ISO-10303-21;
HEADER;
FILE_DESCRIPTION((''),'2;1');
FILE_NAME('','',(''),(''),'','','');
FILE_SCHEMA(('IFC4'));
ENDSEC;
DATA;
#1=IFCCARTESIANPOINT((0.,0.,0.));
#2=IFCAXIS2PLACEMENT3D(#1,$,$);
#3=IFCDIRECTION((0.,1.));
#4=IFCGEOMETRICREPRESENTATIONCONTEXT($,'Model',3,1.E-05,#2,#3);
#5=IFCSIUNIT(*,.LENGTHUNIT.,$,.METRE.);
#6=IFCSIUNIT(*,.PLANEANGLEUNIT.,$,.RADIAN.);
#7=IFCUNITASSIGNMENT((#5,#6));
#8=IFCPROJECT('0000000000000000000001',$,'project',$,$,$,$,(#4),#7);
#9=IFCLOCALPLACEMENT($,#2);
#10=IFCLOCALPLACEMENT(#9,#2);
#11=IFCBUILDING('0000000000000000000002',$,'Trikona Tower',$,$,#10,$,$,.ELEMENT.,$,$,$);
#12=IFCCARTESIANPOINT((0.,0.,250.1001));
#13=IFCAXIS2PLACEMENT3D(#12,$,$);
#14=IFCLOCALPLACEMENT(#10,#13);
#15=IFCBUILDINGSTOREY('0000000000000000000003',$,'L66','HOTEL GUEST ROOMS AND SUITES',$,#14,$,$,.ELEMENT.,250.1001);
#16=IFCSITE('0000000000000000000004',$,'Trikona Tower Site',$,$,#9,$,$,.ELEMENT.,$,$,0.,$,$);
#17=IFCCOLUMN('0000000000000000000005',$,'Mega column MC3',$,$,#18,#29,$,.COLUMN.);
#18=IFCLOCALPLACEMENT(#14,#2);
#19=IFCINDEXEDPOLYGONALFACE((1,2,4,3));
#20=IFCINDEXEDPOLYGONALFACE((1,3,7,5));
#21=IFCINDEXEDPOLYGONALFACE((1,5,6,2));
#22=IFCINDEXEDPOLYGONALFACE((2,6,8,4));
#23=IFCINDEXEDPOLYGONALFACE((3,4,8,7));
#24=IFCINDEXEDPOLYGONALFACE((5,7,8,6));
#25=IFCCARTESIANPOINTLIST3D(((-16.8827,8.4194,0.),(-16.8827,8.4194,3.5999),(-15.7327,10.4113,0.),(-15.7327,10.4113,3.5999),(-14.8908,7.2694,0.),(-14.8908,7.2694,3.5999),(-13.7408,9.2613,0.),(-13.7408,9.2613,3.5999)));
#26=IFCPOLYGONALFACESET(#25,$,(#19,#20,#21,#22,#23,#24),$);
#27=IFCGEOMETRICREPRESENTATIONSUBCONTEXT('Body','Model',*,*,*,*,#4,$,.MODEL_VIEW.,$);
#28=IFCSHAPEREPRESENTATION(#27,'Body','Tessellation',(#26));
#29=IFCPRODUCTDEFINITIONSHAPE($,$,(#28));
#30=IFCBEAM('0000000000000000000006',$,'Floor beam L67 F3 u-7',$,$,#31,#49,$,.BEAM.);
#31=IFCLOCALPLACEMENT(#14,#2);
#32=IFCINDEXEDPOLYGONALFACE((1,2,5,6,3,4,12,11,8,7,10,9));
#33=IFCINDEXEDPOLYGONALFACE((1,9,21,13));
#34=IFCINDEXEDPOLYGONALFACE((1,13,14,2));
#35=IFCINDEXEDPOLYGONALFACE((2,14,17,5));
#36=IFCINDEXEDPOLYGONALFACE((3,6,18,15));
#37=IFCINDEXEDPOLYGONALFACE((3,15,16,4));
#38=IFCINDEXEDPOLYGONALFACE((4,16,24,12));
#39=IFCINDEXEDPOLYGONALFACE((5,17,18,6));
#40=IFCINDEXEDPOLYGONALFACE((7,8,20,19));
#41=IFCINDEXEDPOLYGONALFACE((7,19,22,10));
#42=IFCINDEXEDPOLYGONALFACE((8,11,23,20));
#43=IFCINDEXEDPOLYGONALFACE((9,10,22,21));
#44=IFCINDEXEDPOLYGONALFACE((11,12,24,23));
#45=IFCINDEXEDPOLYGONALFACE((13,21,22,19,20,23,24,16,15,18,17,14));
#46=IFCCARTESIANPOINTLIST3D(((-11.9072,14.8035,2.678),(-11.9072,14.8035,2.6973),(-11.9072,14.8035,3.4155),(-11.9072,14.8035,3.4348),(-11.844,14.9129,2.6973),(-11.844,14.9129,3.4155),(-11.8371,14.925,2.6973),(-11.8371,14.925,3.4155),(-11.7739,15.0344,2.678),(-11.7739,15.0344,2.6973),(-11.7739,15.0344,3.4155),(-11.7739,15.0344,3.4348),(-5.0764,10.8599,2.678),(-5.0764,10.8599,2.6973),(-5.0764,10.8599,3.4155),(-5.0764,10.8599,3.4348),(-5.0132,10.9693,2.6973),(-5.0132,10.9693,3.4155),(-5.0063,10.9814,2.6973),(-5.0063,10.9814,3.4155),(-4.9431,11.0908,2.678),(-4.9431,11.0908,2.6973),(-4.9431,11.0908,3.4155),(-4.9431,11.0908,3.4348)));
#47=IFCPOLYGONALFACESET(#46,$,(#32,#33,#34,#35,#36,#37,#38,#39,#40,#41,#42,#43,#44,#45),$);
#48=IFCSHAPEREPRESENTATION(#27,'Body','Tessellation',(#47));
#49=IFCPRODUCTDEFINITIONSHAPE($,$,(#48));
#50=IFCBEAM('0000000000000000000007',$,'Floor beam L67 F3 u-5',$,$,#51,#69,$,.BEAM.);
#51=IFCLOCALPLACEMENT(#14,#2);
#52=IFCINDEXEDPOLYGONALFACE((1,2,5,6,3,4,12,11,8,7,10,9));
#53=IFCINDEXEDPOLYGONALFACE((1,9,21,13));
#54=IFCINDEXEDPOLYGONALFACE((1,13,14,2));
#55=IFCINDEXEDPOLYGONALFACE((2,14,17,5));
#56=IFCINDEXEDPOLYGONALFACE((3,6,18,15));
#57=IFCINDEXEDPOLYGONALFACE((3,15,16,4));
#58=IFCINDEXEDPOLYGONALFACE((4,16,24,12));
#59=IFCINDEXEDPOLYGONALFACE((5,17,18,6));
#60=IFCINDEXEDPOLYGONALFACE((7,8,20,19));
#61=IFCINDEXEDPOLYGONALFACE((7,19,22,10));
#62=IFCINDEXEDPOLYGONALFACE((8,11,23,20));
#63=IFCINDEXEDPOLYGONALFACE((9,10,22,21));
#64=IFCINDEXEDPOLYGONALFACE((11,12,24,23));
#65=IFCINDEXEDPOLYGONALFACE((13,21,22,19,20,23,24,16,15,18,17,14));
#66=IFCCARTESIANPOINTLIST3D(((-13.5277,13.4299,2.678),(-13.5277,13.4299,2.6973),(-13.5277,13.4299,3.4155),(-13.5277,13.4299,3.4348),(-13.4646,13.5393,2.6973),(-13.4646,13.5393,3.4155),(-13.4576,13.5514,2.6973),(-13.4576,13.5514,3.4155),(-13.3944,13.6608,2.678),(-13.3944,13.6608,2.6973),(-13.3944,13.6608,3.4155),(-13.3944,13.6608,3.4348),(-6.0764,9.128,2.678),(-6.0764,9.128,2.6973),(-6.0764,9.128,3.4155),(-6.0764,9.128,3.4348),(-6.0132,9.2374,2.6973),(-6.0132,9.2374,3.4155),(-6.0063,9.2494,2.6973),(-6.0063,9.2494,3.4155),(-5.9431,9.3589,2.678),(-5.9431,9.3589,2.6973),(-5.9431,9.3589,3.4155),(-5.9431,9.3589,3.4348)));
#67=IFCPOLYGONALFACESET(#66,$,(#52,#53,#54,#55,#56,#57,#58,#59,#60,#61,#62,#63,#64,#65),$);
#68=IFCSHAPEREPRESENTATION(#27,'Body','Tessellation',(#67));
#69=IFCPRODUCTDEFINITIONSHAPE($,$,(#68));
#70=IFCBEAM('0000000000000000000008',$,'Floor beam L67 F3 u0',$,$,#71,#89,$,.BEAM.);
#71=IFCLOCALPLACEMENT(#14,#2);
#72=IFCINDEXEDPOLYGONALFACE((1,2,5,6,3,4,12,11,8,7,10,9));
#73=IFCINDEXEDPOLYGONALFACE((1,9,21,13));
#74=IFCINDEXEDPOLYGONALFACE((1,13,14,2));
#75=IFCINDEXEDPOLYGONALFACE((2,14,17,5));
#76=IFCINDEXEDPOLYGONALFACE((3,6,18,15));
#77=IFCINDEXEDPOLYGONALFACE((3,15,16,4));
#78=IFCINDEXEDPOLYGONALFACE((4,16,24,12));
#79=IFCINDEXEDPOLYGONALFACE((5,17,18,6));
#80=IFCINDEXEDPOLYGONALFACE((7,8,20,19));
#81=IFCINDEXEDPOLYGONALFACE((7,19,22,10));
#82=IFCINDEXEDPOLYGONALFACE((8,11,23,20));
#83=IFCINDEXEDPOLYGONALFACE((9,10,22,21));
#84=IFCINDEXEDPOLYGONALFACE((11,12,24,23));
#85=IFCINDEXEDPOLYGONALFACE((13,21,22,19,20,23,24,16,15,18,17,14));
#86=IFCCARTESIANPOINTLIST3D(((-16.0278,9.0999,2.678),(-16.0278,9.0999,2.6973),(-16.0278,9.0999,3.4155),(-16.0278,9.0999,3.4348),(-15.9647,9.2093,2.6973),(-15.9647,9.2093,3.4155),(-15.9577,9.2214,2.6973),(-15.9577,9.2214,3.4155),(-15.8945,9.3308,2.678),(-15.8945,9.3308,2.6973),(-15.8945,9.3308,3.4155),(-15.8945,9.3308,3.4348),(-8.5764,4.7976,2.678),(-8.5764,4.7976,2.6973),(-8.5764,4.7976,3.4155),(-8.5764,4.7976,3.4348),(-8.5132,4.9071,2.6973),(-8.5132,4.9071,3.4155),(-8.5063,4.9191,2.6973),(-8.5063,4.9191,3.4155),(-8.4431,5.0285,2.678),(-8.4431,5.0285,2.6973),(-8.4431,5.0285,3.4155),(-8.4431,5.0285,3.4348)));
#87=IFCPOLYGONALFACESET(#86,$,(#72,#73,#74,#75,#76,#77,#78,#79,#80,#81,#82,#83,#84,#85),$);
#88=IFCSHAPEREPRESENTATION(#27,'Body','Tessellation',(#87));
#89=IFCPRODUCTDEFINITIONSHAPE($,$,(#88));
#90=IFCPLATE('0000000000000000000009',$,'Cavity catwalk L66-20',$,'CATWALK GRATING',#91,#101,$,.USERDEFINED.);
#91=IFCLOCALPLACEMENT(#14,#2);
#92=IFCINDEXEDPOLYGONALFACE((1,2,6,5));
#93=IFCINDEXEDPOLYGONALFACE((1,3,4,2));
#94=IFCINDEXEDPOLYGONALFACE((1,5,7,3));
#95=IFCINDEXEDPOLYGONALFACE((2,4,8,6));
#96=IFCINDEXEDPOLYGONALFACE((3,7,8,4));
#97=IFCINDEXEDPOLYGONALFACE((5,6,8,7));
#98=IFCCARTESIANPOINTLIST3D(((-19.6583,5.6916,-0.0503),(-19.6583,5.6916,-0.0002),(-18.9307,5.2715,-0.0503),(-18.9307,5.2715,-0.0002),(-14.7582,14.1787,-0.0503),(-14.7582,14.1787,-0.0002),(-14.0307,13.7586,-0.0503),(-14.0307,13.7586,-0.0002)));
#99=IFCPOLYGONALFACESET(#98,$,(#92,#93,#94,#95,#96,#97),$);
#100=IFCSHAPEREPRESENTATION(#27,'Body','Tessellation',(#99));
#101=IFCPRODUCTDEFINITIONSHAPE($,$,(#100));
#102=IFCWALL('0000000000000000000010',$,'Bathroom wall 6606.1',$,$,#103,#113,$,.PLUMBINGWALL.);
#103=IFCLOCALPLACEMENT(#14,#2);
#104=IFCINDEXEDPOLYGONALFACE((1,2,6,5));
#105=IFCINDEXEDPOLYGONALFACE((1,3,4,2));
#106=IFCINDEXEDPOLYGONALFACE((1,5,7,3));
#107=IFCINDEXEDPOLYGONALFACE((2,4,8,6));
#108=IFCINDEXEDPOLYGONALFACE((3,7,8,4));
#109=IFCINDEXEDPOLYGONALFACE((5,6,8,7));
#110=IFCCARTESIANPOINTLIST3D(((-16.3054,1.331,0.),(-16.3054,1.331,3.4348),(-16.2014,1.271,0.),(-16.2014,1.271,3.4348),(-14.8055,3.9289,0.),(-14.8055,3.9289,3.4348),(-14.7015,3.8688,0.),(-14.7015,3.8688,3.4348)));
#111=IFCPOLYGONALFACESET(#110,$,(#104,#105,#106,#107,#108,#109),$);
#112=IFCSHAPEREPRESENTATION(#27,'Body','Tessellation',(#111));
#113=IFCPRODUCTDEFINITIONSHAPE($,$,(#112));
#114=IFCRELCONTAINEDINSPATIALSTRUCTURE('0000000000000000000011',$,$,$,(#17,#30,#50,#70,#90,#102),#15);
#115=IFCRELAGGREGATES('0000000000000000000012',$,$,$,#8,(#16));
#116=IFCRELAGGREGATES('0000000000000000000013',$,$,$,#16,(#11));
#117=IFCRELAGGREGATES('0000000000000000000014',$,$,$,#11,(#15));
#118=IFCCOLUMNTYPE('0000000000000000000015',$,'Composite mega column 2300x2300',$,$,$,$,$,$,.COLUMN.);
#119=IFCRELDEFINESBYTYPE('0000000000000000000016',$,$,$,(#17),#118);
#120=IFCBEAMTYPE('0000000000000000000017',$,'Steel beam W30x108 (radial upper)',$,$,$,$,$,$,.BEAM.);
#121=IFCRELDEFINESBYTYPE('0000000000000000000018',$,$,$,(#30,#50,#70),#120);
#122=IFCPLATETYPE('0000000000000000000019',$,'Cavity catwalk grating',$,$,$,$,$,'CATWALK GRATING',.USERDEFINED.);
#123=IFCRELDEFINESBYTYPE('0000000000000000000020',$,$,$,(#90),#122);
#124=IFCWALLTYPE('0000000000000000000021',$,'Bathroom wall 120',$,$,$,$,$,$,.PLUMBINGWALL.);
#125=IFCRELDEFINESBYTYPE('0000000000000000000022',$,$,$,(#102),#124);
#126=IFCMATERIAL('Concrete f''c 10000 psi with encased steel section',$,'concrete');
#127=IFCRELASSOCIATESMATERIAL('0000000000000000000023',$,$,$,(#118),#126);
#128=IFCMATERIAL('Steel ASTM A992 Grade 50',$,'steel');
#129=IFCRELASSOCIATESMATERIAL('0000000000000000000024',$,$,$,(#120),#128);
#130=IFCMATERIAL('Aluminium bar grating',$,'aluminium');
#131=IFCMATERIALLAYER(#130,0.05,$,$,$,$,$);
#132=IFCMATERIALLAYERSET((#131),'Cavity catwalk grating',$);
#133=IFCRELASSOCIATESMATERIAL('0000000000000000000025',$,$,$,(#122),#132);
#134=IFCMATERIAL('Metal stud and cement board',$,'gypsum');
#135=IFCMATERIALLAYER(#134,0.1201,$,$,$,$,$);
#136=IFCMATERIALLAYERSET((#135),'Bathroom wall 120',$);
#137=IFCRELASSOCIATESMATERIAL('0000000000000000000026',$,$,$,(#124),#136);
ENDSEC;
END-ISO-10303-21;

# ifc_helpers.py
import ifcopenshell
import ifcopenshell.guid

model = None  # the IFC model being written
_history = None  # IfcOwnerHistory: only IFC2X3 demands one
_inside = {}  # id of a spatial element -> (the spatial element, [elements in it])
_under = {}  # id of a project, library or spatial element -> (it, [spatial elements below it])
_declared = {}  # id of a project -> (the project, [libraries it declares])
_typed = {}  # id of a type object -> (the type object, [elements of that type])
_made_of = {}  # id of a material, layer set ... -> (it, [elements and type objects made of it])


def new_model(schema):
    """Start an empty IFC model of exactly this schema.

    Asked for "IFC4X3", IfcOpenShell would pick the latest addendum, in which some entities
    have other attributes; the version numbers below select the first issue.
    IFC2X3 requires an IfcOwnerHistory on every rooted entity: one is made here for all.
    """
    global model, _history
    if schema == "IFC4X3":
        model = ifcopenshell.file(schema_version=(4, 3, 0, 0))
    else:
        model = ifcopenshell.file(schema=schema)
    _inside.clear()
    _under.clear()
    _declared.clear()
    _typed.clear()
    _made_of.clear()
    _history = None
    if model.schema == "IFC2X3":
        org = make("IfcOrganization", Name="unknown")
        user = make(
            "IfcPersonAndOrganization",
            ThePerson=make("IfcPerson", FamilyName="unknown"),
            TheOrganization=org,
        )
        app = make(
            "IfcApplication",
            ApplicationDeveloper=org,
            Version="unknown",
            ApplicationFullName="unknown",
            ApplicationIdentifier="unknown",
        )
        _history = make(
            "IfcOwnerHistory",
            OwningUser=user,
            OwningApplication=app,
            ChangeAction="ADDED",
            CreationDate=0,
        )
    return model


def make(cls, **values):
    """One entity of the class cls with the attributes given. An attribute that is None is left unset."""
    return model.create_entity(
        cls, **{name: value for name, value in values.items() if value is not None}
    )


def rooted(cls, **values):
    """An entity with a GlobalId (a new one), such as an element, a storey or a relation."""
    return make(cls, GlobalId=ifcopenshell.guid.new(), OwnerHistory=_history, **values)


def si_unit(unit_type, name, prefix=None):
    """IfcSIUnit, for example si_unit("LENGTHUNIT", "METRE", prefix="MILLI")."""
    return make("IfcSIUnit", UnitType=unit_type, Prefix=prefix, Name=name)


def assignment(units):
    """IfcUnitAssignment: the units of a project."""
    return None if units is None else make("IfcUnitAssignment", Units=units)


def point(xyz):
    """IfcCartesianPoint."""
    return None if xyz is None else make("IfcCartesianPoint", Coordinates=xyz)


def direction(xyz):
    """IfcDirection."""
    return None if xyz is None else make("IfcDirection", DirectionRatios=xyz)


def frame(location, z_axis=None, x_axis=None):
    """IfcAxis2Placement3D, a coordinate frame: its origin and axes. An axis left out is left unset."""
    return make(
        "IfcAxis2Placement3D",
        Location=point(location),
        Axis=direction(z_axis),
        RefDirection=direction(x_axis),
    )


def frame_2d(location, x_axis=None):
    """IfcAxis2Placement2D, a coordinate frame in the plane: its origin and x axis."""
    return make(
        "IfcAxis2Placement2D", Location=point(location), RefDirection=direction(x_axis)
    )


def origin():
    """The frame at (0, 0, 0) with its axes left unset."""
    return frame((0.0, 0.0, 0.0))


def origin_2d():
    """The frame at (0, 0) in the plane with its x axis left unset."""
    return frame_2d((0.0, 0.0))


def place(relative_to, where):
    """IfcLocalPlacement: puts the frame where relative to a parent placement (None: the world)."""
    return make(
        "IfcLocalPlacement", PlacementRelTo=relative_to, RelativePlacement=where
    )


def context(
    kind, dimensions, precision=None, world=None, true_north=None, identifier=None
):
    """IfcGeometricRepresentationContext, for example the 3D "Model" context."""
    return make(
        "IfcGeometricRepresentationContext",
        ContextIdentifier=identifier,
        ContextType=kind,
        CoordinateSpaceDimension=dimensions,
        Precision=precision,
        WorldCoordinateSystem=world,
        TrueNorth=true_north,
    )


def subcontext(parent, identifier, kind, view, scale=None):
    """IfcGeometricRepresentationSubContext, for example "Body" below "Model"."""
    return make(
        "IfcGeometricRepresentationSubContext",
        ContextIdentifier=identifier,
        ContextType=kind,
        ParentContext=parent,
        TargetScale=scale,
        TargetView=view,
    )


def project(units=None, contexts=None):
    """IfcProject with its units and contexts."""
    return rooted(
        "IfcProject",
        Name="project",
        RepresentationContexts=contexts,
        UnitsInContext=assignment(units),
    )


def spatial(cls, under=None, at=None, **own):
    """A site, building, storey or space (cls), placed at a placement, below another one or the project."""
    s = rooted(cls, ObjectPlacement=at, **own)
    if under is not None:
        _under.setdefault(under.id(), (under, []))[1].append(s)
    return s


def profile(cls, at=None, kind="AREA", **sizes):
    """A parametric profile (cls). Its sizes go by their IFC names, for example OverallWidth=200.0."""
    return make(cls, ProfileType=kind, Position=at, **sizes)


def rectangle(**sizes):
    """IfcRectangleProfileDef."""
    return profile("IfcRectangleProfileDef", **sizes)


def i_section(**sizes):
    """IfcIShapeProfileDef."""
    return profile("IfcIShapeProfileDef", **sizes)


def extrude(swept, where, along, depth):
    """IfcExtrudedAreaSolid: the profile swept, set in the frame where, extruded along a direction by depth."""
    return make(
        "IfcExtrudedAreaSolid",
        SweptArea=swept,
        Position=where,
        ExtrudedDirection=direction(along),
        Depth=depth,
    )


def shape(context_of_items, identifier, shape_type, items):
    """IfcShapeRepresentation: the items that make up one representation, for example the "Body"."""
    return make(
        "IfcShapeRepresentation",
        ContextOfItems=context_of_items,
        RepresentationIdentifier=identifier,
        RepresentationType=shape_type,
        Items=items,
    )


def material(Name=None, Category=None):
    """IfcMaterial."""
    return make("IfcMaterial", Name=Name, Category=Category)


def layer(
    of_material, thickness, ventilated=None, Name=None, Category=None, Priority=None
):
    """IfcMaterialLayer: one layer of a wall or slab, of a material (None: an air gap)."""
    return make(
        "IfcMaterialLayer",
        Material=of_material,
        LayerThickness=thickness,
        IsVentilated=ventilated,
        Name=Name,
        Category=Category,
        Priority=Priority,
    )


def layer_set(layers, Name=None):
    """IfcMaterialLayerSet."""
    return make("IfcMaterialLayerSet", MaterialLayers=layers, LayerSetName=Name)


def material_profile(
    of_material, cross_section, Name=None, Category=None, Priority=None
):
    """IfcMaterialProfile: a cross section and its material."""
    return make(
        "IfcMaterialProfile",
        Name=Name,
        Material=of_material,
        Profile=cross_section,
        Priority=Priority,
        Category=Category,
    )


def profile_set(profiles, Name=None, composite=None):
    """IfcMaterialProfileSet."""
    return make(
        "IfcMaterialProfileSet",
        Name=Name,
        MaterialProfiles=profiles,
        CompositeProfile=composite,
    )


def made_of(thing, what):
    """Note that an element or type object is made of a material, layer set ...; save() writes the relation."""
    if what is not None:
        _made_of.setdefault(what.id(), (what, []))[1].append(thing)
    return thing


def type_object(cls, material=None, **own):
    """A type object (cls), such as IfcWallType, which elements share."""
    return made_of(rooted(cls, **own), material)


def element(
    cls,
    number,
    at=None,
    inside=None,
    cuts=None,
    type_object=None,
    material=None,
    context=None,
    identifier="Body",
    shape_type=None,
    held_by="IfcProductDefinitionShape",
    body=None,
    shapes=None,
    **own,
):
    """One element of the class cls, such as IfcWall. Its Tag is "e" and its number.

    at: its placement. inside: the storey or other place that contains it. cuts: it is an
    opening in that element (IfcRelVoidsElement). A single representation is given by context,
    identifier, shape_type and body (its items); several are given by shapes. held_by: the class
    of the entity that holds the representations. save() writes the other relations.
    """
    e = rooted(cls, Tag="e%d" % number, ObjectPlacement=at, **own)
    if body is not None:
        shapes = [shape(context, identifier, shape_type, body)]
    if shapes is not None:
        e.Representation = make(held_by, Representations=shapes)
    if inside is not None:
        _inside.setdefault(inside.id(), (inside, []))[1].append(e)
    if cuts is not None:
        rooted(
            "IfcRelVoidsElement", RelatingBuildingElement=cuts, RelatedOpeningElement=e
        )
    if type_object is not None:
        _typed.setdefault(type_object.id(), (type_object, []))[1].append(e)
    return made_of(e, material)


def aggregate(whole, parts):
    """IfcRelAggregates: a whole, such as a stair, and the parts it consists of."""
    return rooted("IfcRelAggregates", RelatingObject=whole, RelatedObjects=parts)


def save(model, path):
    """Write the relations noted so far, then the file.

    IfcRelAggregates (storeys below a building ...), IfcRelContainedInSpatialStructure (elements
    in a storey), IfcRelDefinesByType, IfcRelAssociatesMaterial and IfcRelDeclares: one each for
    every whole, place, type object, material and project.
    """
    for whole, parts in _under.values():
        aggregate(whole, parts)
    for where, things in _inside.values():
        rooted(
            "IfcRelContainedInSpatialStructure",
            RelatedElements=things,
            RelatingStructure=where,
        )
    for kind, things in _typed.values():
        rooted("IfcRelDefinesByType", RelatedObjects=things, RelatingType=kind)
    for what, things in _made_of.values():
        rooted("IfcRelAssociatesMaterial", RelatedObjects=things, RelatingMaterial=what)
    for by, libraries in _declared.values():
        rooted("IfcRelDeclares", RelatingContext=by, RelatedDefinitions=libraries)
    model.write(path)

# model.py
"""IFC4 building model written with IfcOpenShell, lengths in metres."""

from ifc_helpers import new_model, si_unit, direction, frame, frame_2d, origin, origin_2d, place, context, subcontext, project, spatial, rectangle, i_section, extrude, material, layer, layer_set, material_profile, profile_set, type_object, element, save


model = new_model("IFC4")

# Units and contexts
model_context = context("Model", 3, precision=1e-05, world=origin(), true_north=direction((0.0, 1.0)))
body_context = subcontext(model_context, "Body", "Model", "MODEL_VIEW")
ifc_project = project(units=[si_unit("LENGTHUNIT", "METRE"), si_unit("PLANEANGLEUNIT", "RADIAN")], contexts=[model_context])

# Site, building, storey
site_placement = place(None, origin())
site = spatial("IfcSite", under=ifc_project, at=site_placement, Name="Trikona Tower Site", CompositionType="ELEMENT", RefElevation=0.0)
building_placement = place(site_placement, origin())
building = spatial("IfcBuilding", under=site, at=building_placement, Name="Trikona Tower", CompositionType="ELEMENT")
storey_placement = place(building_placement, frame((0.0, 0.0, 250.1001)))
storey = spatial("IfcBuildingStorey", under=building, at=storey_placement, Name="L66", Description="HOTEL GUEST ROOMS AND SUITES", CompositionType="ELEMENT", Elevation=250.1001)

# Column
ifc_material_1 = material(Name="Concrete f'c 10000 psi with encased steel section", Category="concrete")
ifc_material_profile_1 = material_profile(ifc_material_1, rectangle(XDim=2.3, YDim=2.3, at=origin_2d()), Name="MC2300")
ifc_profile_set_1 = profile_set([ifc_material_profile_1], Name="Concrete f'c 10000 psi with encased steel section")
column_type = type_object("IfcColumnType", Name="Composite mega column 2300x2300", PredefinedType="COLUMN", material=ifc_profile_set_1)
column_placement = place(storey_placement, frame((-15.3118, 8.8403, 0.0), z_axis=(0.0, 0.0, 1.0), x_axis=(-0.866025, 0.5, 0.0)))
element("IfcColumn", 1, at=column_placement, inside=storey, type_object=column_type, Name="Mega column MC3", PredefinedType="COLUMN", context=body_context, shape_type="SweptSolid", body=[
    extrude(rectangle(XDim=2.3, YDim=2.3, at=origin_2d()), origin(), (0.0, 0.0, 1.0), 3.5999),
])

# Beams
ifc_material_2 = material(Name="Steel ASTM A992 Grade 50", Category="steel")
ifc_material_profile_2 = material_profile(ifc_material_2, i_section(OverallWidth=0.2666, OverallDepth=0.7568, WebThickness=0.0139, FlangeThickness=0.0193, at=origin_2d()), Name="W30X108")
ifc_profile_set_2 = profile_set([ifc_material_profile_2], Name="Steel ASTM A992 Grade 50")
beam_type = type_object("IfcBeamType", Name="Steel beam W30x108 (radial upper)", PredefinedType="BEAM", material=ifc_profile_set_2)
beam_1_placement = place(storey_placement, frame((-5.0098, 10.9753, 3.0564), z_axis=(-0.866035, 0.499984, 0.0), x_axis=(-0.499984, -0.866035, 0.0)))
element("IfcBeam", 2, at=beam_1_placement, inside=storey, type_object=beam_type, Name="Floor beam L67 F3 u-7", PredefinedType="BEAM", context=body_context, shape_type="SweptSolid", body=[
    extrude(i_section(OverallWidth=0.2666, OverallDepth=0.7568, WebThickness=0.0139, FlangeThickness=0.0193, at=origin_2d()), origin(), (0.0, 0.0, 1.0), 7.8875),
])
beam_2_placement = place(storey_placement, frame((-6.0098, 9.2434, 3.0564), z_axis=(-0.866029, 0.499993, 0.0), x_axis=(-0.499993, -0.866029, 0.0)))
element("IfcBeam", 3, at=beam_2_placement, inside=storey, type_object=beam_type, Name="Floor beam L67 F3 u-5", PredefinedType="BEAM", context=body_context, shape_type="SweptSolid", body=[
    extrude(i_section(OverallWidth=0.2666, OverallDepth=0.7568, WebThickness=0.0139, FlangeThickness=0.0193, at=origin_2d()), origin(), (0.0, 0.0, 1.0), 8.604),
])
beam_3_placement = place(storey_placement, frame((-8.5098, 4.9131, 3.0564), z_axis=(-0.866017, 0.500015, 0.0), x_axis=(-0.500015, -0.866017, 0.0)))
element("IfcBeam", 4, at=beam_3_placement, inside=storey, type_object=beam_type, Name="Floor beam L67 F3 u0", PredefinedType="BEAM", context=body_context, shape_type="SweptSolid", body=[
    extrude(i_section(OverallWidth=0.2666, OverallDepth=0.7568, WebThickness=0.0139, FlangeThickness=0.0193, at=origin_2d()), origin(), (0.0, 0.0, 1.0), 8.6042),
])

# Plate
ifc_material_3 = material(Name="Aluminium bar grating", Category="aluminium")
ifc_layer_1 = layer(ifc_material_3, 0.05)
ifc_layer_set_1 = layer_set([ifc_layer_1], Name="Cavity catwalk grating")
plate_type = type_object("IfcPlateType", Name="Cavity catwalk grating", ElementType="CATWALK GRATING", PredefinedType="USERDEFINED", material=ifc_layer_set_1)
plate_placement = place(storey_placement, frame((-16.8445, 9.7251, -0.0503), z_axis=(0.0, 0.0, 1.0), x_axis=(-0.499998, -0.866026, 0.0)))
element("IfcPlate", 5, at=plate_placement, inside=storey, type_object=plate_type, Name="Cavity catwalk L66-20", ObjectType="CATWALK GRATING", PredefinedType="USERDEFINED", context=body_context, shape_type="SweptSolid", body=[
    extrude(rectangle(XDim=9.8, YDim=0.8401, at=origin_2d()), origin(), (0.0, 0.0, 1.0), 0.05),
])

# Wall
ifc_material_4 = material(Name="Metal stud and cement board", Category="gypsum")
ifc_layer_2 = layer(ifc_material_4, 0.1201)
ifc_layer_set_2 = layer_set([ifc_layer_2], Name="Bathroom wall 120")
wall_type_1 = type_object("IfcWallType", Name="Bathroom wall 120", PredefinedType="PLUMBINGWALL", material=ifc_layer_set_2)
wall_1_placement = place(storey_placement, frame((-14.7534, 3.8989, 0.0), z_axis=(0.0, 0.0, 1.0), x_axis=(-0.500025, -0.866011, 0.0)))
element("IfcWall", 6, at=wall_1_placement, inside=storey, type_object=wall_type_1, Name="Bathroom wall 6606.1", PredefinedType="PLUMBINGWALL", context=body_context, shape_type="SweptSolid", body=[
    extrude(rectangle(XDim=2.9998, YDim=0.1201, at=frame_2d((1.5, 0.0))), origin(), (0.0, 0.0, 1.0), 3.4348),
])

save(model, "model.ifc")
